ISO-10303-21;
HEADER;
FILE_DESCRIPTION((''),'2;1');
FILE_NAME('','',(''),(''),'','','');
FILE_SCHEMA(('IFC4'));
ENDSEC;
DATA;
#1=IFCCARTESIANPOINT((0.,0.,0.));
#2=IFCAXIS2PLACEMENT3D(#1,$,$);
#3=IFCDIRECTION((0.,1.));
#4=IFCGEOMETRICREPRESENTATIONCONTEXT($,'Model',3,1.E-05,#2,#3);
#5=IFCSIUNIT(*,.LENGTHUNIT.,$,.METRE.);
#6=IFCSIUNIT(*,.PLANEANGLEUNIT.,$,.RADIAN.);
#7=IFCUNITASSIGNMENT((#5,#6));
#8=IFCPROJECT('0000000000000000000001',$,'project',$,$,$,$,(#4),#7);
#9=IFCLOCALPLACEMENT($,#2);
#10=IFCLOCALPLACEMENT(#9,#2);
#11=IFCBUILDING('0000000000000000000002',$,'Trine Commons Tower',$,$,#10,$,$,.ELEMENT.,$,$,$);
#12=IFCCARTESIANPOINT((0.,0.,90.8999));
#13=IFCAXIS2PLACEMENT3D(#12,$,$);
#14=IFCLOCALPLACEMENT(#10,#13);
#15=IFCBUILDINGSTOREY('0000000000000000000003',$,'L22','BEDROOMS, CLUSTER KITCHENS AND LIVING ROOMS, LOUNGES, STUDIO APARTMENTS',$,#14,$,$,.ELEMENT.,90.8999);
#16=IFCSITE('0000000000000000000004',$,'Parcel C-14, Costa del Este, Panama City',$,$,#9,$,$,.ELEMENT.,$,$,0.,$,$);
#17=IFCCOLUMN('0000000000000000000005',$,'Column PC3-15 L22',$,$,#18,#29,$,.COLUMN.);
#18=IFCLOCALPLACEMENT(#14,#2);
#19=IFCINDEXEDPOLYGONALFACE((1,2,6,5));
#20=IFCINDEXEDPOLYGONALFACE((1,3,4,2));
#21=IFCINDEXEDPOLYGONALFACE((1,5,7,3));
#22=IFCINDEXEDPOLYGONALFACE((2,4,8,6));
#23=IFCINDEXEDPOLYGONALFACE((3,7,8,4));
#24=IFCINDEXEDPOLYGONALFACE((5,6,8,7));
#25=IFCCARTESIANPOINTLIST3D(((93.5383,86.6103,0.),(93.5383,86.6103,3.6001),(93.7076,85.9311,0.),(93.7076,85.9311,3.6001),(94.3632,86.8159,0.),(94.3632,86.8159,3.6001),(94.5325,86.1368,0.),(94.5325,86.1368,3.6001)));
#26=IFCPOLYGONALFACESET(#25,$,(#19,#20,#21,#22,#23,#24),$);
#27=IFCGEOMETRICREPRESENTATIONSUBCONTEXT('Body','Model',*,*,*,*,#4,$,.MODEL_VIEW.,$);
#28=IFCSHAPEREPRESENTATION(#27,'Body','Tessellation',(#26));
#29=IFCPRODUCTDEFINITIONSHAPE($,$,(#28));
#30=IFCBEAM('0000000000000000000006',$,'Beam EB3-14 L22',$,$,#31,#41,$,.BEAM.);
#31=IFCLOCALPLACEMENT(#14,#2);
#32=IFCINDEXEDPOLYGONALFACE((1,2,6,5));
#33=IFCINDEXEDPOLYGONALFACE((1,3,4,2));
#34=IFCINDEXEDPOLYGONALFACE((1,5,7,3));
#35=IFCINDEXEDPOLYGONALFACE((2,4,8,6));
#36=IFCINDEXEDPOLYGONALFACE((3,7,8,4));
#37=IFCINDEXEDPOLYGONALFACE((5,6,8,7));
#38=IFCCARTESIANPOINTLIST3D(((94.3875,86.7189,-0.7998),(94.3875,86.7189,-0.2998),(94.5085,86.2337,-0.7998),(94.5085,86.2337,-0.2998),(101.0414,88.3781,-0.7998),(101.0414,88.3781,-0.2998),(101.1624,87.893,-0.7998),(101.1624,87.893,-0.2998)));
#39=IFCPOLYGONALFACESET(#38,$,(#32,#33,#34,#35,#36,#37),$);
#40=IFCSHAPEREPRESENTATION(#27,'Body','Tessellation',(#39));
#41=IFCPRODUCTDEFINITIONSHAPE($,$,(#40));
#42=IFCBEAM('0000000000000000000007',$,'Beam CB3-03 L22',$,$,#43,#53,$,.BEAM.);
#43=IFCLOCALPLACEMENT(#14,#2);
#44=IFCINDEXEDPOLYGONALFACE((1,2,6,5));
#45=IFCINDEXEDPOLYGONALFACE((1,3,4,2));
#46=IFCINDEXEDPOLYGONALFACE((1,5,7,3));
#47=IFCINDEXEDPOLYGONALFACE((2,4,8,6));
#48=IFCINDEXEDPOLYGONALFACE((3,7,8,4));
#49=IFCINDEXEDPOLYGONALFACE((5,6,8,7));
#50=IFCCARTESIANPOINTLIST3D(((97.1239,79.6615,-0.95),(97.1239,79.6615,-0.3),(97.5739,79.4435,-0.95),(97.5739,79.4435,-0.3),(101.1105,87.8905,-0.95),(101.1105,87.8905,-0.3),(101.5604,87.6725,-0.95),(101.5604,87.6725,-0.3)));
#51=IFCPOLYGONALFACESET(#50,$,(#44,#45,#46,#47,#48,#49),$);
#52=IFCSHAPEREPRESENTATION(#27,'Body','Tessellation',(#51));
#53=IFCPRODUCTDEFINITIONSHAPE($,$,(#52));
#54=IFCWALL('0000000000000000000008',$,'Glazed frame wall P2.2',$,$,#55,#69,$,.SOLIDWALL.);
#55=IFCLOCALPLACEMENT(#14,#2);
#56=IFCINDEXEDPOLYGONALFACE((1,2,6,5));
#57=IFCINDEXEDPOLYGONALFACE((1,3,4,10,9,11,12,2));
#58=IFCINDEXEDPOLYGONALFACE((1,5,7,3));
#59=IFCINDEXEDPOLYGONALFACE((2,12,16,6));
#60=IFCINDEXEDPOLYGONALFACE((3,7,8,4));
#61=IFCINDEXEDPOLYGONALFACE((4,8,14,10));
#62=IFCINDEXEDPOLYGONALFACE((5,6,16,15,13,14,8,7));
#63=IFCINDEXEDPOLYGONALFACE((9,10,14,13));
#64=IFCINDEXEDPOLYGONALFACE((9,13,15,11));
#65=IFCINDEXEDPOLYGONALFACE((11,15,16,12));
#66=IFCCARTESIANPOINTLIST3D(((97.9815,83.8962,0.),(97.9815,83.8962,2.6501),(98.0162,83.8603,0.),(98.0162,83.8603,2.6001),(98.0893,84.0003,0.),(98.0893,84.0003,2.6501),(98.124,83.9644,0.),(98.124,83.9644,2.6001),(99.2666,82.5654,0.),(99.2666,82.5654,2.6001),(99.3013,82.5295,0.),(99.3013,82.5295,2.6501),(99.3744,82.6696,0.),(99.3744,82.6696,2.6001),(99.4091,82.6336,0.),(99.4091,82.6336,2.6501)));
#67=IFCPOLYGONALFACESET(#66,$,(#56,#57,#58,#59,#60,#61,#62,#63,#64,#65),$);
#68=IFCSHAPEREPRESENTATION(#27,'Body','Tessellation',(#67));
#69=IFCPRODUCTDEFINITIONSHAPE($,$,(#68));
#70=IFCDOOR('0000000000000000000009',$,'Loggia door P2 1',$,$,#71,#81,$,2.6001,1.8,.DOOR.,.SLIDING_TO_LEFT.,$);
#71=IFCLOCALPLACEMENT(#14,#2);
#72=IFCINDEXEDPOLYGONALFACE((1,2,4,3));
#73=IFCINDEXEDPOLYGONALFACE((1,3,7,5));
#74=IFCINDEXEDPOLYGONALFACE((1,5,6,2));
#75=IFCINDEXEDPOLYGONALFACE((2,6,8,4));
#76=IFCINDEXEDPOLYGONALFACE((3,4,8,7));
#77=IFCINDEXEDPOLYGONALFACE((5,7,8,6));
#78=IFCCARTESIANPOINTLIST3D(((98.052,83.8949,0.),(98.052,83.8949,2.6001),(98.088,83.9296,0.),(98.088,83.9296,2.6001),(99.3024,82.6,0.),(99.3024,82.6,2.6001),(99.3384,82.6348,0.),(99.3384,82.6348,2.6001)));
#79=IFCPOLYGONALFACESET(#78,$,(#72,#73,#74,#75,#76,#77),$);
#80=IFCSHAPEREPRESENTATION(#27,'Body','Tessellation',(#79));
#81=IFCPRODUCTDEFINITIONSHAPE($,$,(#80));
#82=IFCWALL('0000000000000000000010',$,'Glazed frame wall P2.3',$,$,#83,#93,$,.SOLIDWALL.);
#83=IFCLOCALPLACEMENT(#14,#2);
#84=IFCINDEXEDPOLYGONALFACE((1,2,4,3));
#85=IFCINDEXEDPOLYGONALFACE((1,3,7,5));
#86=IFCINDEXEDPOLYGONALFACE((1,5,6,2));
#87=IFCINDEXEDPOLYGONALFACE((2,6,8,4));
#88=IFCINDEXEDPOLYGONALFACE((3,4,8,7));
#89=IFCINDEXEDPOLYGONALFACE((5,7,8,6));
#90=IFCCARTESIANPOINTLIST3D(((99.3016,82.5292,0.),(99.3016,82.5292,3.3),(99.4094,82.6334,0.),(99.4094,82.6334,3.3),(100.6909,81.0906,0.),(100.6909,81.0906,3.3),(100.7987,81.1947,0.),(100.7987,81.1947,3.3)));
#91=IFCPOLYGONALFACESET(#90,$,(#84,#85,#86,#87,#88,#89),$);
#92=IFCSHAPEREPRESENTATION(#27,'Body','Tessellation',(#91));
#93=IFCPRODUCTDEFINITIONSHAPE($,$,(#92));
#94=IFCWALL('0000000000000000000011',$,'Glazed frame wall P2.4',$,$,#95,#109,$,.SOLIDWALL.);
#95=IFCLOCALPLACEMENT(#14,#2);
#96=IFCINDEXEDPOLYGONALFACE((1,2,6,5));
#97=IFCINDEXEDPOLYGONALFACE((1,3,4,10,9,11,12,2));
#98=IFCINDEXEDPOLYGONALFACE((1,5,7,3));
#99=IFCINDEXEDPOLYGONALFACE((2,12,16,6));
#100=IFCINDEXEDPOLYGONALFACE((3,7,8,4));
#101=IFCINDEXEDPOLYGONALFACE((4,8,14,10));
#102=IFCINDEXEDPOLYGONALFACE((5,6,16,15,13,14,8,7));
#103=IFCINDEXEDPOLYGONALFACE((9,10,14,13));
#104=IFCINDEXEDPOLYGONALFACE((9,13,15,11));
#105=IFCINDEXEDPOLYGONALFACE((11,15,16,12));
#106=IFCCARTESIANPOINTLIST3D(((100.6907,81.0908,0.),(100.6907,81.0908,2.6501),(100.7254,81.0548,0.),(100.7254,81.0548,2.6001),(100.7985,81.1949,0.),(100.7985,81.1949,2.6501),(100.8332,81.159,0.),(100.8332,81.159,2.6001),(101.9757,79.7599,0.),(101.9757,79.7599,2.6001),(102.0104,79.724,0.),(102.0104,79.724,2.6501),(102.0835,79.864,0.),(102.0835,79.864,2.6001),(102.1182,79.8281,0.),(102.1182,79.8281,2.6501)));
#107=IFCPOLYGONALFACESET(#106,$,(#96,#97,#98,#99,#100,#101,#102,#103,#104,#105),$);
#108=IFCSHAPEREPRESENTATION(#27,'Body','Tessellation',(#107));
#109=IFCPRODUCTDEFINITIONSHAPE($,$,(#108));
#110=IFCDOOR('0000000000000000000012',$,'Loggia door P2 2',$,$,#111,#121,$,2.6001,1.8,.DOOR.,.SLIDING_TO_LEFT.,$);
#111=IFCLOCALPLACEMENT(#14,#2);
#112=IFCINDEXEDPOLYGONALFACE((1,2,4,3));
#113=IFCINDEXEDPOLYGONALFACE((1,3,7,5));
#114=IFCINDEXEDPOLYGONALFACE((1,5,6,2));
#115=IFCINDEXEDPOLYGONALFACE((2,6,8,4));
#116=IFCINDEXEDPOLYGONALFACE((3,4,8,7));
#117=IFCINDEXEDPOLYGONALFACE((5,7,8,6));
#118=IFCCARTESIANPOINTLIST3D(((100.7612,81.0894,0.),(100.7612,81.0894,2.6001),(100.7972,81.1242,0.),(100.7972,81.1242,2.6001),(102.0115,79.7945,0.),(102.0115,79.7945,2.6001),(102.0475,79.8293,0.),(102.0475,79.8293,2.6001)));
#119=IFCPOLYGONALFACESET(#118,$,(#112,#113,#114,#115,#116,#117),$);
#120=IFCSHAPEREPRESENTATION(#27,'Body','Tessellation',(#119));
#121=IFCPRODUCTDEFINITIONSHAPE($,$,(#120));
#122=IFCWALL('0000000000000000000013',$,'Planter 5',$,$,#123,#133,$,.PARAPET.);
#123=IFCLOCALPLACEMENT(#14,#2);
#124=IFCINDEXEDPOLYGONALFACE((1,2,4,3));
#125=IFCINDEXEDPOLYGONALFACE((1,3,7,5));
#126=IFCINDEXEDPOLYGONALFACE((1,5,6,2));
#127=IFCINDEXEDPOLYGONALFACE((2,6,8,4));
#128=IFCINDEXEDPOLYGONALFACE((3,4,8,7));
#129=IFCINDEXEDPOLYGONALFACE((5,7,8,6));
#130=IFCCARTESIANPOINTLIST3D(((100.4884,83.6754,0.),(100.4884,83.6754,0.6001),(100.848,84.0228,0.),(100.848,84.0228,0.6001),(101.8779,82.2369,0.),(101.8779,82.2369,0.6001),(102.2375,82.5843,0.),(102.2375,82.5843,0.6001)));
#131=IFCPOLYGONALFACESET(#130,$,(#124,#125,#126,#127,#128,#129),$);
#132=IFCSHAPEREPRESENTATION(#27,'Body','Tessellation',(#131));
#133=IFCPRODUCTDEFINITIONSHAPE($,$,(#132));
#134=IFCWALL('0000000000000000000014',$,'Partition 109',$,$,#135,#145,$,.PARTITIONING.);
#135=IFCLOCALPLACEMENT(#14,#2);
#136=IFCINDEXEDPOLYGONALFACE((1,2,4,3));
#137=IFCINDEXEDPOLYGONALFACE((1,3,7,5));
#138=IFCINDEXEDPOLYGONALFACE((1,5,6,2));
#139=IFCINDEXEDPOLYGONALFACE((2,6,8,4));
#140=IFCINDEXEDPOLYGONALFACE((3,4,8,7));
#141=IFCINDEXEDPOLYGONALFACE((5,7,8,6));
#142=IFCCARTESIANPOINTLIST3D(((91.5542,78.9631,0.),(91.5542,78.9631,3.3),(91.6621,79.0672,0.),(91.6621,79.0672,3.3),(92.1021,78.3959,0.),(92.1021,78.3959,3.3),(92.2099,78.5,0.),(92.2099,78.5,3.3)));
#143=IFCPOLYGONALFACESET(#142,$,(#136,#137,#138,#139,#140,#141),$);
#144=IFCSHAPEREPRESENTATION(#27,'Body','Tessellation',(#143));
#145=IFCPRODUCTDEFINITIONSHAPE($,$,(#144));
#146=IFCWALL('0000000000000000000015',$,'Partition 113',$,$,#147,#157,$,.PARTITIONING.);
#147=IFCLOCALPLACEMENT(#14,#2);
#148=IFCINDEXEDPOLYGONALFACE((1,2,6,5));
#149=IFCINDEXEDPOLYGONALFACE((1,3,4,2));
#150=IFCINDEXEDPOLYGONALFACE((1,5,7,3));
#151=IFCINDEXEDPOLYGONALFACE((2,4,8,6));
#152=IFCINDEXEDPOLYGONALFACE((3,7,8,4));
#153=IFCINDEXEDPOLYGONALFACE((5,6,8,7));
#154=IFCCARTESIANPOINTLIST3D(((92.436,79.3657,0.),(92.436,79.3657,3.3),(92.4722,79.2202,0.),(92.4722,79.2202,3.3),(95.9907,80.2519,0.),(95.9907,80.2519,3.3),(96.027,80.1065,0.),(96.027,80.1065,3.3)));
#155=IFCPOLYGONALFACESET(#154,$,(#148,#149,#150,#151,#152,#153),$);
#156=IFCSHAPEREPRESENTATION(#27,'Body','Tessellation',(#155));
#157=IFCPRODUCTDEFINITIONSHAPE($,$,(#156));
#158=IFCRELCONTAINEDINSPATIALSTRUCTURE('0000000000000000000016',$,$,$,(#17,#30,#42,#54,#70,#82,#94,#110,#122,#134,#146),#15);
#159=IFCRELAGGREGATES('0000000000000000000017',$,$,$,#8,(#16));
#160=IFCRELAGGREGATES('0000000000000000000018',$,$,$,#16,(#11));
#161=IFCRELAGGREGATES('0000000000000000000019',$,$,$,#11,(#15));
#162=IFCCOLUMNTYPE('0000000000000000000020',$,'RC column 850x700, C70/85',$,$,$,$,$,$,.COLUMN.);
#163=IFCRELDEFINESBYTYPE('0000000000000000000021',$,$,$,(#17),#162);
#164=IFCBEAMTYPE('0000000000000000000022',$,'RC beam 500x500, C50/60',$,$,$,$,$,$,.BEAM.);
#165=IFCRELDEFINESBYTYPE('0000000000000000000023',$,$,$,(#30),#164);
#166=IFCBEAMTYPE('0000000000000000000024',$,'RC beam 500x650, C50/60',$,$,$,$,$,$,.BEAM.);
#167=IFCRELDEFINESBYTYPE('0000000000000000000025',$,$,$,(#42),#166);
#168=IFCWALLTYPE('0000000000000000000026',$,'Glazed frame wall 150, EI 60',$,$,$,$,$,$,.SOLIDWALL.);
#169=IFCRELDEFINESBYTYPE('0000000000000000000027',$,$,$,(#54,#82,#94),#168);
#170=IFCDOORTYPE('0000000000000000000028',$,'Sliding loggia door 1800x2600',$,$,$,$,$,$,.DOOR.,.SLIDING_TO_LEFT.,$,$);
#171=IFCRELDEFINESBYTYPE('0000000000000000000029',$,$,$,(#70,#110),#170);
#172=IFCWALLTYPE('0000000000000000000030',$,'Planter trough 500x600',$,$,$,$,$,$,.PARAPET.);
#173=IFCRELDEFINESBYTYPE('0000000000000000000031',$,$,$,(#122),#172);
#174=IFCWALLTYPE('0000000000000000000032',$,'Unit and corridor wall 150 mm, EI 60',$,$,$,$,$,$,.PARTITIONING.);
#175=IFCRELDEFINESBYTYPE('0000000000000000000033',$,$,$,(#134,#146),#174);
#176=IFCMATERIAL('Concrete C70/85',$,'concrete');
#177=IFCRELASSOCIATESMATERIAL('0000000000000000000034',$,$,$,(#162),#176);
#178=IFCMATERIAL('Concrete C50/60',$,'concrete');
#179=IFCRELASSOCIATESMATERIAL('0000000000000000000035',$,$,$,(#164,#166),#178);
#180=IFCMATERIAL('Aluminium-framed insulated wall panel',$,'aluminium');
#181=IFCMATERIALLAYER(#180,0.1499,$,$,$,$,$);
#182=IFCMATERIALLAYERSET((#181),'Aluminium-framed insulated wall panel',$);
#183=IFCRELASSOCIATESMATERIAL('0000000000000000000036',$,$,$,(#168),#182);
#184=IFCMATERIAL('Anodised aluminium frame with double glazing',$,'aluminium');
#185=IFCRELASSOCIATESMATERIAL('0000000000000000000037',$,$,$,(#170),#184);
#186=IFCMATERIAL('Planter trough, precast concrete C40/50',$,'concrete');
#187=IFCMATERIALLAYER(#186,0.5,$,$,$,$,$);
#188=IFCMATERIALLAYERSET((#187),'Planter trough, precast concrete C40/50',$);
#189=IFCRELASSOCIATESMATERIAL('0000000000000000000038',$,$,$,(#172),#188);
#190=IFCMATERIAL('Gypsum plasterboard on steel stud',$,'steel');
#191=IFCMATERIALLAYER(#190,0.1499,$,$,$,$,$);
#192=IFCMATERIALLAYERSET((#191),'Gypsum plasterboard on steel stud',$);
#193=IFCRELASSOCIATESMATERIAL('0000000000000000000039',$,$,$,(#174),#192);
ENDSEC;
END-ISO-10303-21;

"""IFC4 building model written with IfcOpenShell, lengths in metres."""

from ifc_helpers import new_model, si_unit, direction, frame, frame_2d, origin, origin_2d, place, context, subcontext, project, spatial, polyline, rectangle, outline, extrude, material, layer, layer_set, material_profile, profile_set, type_object, element, fill, save


model = new_model("IFC4")

# Units and contexts
model_context = context("Model", 3, precision=1e-05, world=origin(), true_north=direction((0.0, 1.0)))
body_context = subcontext(model_context, "Body", "Model", "MODEL_VIEW")
ifc_project = project(units=[si_unit("LENGTHUNIT", "METRE"), si_unit("PLANEANGLEUNIT", "RADIAN")], contexts=[model_context])

# Site, building, storey
site_placement = place(None, origin())
site = spatial("IfcSite", under=ifc_project, at=site_placement, Name="Parcel C-14, Costa del Este, Panama City", CompositionType="ELEMENT", RefElevation=0.0)
building_placement = place(site_placement, origin())
building = spatial("IfcBuilding", under=site, at=building_placement, Name="Trine Commons Tower", CompositionType="ELEMENT")
storey_placement = place(building_placement, frame((0.0, 0.0, 90.8999)))
storey = spatial("IfcBuildingStorey", under=building, at=storey_placement, Name="L22", Description="BEDROOMS, CLUSTER KITCHENS AND LIVING ROOMS, LOUNGES, STUDIO APARTMENTS", CompositionType="ELEMENT", Elevation=90.8999)

# Column
ifc_material_1 = material(Name="Concrete C70/85", Category="concrete")
ifc_material_profile_1 = material_profile(ifc_material_1, rectangle(XDim=0.8501, YDim=0.7, at=origin_2d()), Name="RC 850x700")
ifc_profile_set_1 = profile_set([ifc_material_profile_1], Name="Concrete C70/85")
column_type = type_object("IfcColumnType", Name="RC column 850x700, C70/85", PredefinedType="COLUMN", material=ifc_profile_set_1)
column_placement = place(storey_placement, frame((94.0354, 86.3735, 0.0), z_axis=(0.0, 0.0, 1.0), x_axis=(0.970296, 0.241922, 0.0)))
element("IfcColumn", 1, at=column_placement, inside=storey, type_object=column_type, Name="Column PC3-15 L22", PredefinedType="COLUMN", context=body_context, shape_type="SweptSolid", body=[
    extrude(rectangle(XDim=0.8501, YDim=0.7, at=origin_2d()), origin(), (0.0, 0.0, 1.0), 3.6001),
])

# Beams
ifc_material_2 = material(Name="Concrete C50/60", Category="concrete")
ifc_material_profile_2 = material_profile(ifc_material_2, rectangle(XDim=0.5, YDim=0.5, at=origin_2d()), Name="RC 500x500")
ifc_profile_set_2 = profile_set([ifc_material_profile_2], Name="Concrete C50/60")
beam_type_1 = type_object("IfcBeamType", Name="RC beam 500x500, C50/60", PredefinedType="BEAM", material=ifc_profile_set_2)
beam_1_placement = place(storey_placement, frame((94.448, 86.4763, -0.5498), z_axis=(0.970289, 0.241949, 0.0), x_axis=(-0.241949, 0.970289, 0.0)))
element("IfcBeam", 2, at=beam_1_placement, inside=storey, type_object=beam_type_1, Name="Beam EB3-14 L22", PredefinedType="BEAM", context=body_context, shape_type="SweptSolid", body=[
    extrude(rectangle(XDim=0.5, YDim=0.5, at=origin_2d()), origin(), (0.0, 0.0, 1.0), 6.8577),
])
ifc_material_profile_3 = material_profile(ifc_material_2, rectangle(XDim=0.5, YDim=0.6499, at=origin_2d()), Name="RC 500x650")
ifc_profile_set_3 = profile_set([ifc_material_profile_3], Name="Concrete C50/60")
beam_type_2 = type_object("IfcBeamType", Name="RC beam 500x650, C50/60", PredefinedType="BEAM", material=ifc_profile_set_3)
beam_2_placement = place(storey_placement, frame((101.3354, 87.7815, -0.625), z_axis=(-0.435986, -0.899953, 0.0), x_axis=(0.899953, -0.435986, 0.0)))
element("IfcBeam", 3, at=beam_2_placement, inside=storey, type_object=beam_type_2, Name="Beam CB3-03 L22", PredefinedType="BEAM", context=body_context, shape_type="SweptSolid", body=[
    extrude(rectangle(XDim=0.5, YDim=0.6499, at=origin_2d()), origin(), (0.0, 0.0, 1.0), 9.1438),
])

# Shared definitions
ifc_material_3 = material(Name="Aluminium-framed insulated wall panel", Category="aluminium")
ifc_layer_1 = layer(ifc_material_3, 0.1499)
ifc_layer_set_1 = layer_set([ifc_layer_1], Name="Aluminium-framed insulated wall panel")
wall_type_1 = type_object("IfcWallType", Name="Glazed frame wall 150, EI 60", PredefinedType="SOLIDWALL", material=ifc_layer_set_1)

# Wall, opening, door
wall_1_placement = place(storey_placement, frame((98.0354, 83.9482, 0.0), z_axis=(0.0, 0.0, 1.0), x_axis=(0.694666, -0.719333, 0.0)))
wall_1 = element("IfcWall", 4, at=wall_1_placement, inside=storey, type_object=wall_type_1, Name="Glazed frame wall P2.2", PredefinedType="SOLIDWALL", context=body_context, shape_type="SweptSolid", body=[
    extrude(outline(polyline([(0.0, -0.075), (1.8999, -0.075), (1.8999, 0.075), (0.0, 0.075), (0.0, -0.075)])), origin(), (0.0, 0.0, 1.0), 2.6501),
])
opening_1_placement = place(wall_1_placement, frame((0.05, 0.0, 0.0)))
opening_1 = element("IfcOpeningElement", 5, at=opening_1_placement, cuts=wall_1, PredefinedType="OPENING", context=body_context, shape_type="SweptSolid", body=[
    extrude(rectangle(XDim=1.8, YDim=2.6001, at=frame_2d((0.8999, 1.3))), frame((0.0, 0.085, 0.0), z_axis=(0.0, -1.0, 0.0), x_axis=(1.0, 0.0, 0.0)), (0.0, 0.0, 1.0), 0.1699),
])
ifc_material_4 = material(Name="Anodised aluminium frame with double glazing", Category="aluminium")
door_type_1 = type_object("IfcDoorType", Name="Sliding loggia door 1800x2600", OperationType="SLIDING_TO_LEFT", PredefinedType="DOOR", material=ifc_material_4)
door_1_placement = place(opening_1_placement, origin())
door_1 = element("IfcDoor", 6, at=door_1_placement, inside=storey, type_object=door_type_1, Name="Loggia door P2 1", OperationType="SLIDING_TO_LEFT", OverallHeight=2.6001, OverallWidth=1.8, PredefinedType="DOOR", context=body_context, shape_type="SweptSolid", body=[
    extrude(rectangle(XDim=1.8, YDim=2.6001, at=frame_2d((0.8999, 1.3))), frame((0.0, 0.0249, 0.0), z_axis=(0.0, -1.0, 0.0), x_axis=(1.0, 0.0, 0.0)), (0.0, 0.0, 1.0), 0.05),
])
fill(opening_1, door_1)

# Wall
wall_2_placement = place(storey_placement, frame((99.3555, 82.5813, 0.0), z_axis=(0.0, 0.0, 1.0), x_axis=(0.694669, -0.71933, 0.0)))
element("IfcWall", 7, at=wall_2_placement, inside=storey, type_object=wall_type_1, Name="Glazed frame wall P2.3", PredefinedType="SOLIDWALL", context=body_context, shape_type="SweptSolid", body=[
    extrude(outline(polyline([(0.0, -0.075), (2.0, -0.075), (2.0, 0.075), (0.0, 0.075), (0.0, -0.075)])), origin(), (0.0, 0.0, 1.0), 3.3),
])

# Wall, opening, door
wall_3_placement = place(storey_placement, frame((100.7446, 81.1428, 0.0), z_axis=(0.0, 0.0, 1.0), x_axis=(0.694599, -0.719397, 0.0)))
wall_3 = element("IfcWall", 8, at=wall_3_placement, inside=storey, type_object=wall_type_1, Name="Glazed frame wall P2.4", PredefinedType="SOLIDWALL", context=body_context, shape_type="SweptSolid", body=[
    extrude(outline(polyline([(0.0, -0.075), (1.8999, -0.075), (1.8999, 0.075), (0.0, 0.075), (0.0, -0.075)])), origin(), (0.0, 0.0, 1.0), 2.6501),
])
opening_2_placement = place(wall_3_placement, frame((0.05, 0.0, 0.0)))
opening_2 = element("IfcOpeningElement", 9, at=opening_2_placement, cuts=wall_3, PredefinedType="OPENING", context=body_context, shape_type="SweptSolid", body=[
    extrude(rectangle(XDim=1.8, YDim=2.6001, at=frame_2d((0.8999, 1.3))), frame((0.0, 0.085, 0.0), z_axis=(0.0, -1.0, 0.0), x_axis=(1.0, 0.0, 0.0)), (0.0, 0.0, 1.0), 0.1699),
])
door_2_placement = place(opening_2_placement, origin())
door_2 = element("IfcDoor", 10, at=door_2_placement, inside=storey, type_object=door_type_1, Name="Loggia door P2 2", OperationType="SLIDING_TO_LEFT", OverallHeight=2.6001, OverallWidth=1.8, PredefinedType="DOOR", context=body_context, shape_type="SweptSolid", body=[
    extrude(rectangle(XDim=1.8, YDim=2.6001, at=frame_2d((0.8999, 1.3))), frame((0.0, 0.0249, 0.0), z_axis=(0.0, -1.0, 0.0), x_axis=(1.0, 0.0, 0.0)), (0.0, 0.0, 1.0), 0.05),
])
fill(opening_2, door_2)

# Walls
ifc_material_5 = material(Name="Planter trough, precast concrete C40/50", Category="concrete")
ifc_layer_2 = layer(ifc_material_5, 0.5)
ifc_layer_set_2 = layer_set([ifc_layer_2], Name="Planter trough, precast concrete C40/50")
wall_type_2 = type_object("IfcWallType", Name="Planter trough 500x600", PredefinedType="PARAPET", material=ifc_layer_set_2)
wall_4_placement = place(storey_placement, frame((100.6682, 83.8491, 0.0), z_axis=(0.0, 0.0, 1.0), x_axis=(0.694732, -0.719269, 0.0)))
element("IfcWall", 11, at=wall_4_placement, inside=storey, type_object=wall_type_2, Name="Planter 5", PredefinedType="PARAPET", context=body_context, shape_type="SweptSolid", body=[
    extrude(rectangle(XDim=2.0, YDim=0.5, at=frame_2d((1.0, 0.0))), origin(), (0.0, 0.0, 1.0), 0.6001),
])
ifc_material_6 = material(Name="Gypsum plasterboard on steel stud", Category="steel")
ifc_layer_3 = layer(ifc_material_6, 0.1499)
ifc_layer_set_3 = layer_set([ifc_layer_3], Name="Gypsum plasterboard on steel stud")
wall_type_3 = type_object("IfcWallType", Name="Unit and corridor wall 150 mm, EI 60", PredefinedType="PARTITIONING", material=ifc_layer_set_3)
wall_5_placement = place(storey_placement, frame((91.6082, 79.0151, 0.0), z_axis=(0.0, 0.0, 1.0), x_axis=(0.694771, -0.719231, 0.0)))
element("IfcWall", 12, at=wall_5_placement, inside=storey, type_object=wall_type_3, Name="Partition 109", PredefinedType="PARTITIONING", context=body_context, shape_type="SweptSolid", body=[
    extrude(rectangle(XDim=0.7886, YDim=0.1499, at=frame_2d((0.3943, 0.0))), origin(), (0.0, 0.0, 1.0), 3.3),
])
wall_6_placement = place(storey_placement, frame((92.4541, 79.293, 0.0), z_axis=(0.0, 0.0, 1.0), x_axis=(0.970299, 0.241908, 0.0)))
element("IfcWall", 13, at=wall_6_placement, inside=storey, type_object=wall_type_3, Name="Partition 113", PredefinedType="PARTITIONING", context=body_context, shape_type="SweptSolid", body=[
    extrude(rectangle(XDim=3.6636, YDim=0.1499, at=frame_2d((1.8318, 0.0))), origin(), (0.0, 0.0, 1.0), 3.3),
])

save(model, "model.ifc")
